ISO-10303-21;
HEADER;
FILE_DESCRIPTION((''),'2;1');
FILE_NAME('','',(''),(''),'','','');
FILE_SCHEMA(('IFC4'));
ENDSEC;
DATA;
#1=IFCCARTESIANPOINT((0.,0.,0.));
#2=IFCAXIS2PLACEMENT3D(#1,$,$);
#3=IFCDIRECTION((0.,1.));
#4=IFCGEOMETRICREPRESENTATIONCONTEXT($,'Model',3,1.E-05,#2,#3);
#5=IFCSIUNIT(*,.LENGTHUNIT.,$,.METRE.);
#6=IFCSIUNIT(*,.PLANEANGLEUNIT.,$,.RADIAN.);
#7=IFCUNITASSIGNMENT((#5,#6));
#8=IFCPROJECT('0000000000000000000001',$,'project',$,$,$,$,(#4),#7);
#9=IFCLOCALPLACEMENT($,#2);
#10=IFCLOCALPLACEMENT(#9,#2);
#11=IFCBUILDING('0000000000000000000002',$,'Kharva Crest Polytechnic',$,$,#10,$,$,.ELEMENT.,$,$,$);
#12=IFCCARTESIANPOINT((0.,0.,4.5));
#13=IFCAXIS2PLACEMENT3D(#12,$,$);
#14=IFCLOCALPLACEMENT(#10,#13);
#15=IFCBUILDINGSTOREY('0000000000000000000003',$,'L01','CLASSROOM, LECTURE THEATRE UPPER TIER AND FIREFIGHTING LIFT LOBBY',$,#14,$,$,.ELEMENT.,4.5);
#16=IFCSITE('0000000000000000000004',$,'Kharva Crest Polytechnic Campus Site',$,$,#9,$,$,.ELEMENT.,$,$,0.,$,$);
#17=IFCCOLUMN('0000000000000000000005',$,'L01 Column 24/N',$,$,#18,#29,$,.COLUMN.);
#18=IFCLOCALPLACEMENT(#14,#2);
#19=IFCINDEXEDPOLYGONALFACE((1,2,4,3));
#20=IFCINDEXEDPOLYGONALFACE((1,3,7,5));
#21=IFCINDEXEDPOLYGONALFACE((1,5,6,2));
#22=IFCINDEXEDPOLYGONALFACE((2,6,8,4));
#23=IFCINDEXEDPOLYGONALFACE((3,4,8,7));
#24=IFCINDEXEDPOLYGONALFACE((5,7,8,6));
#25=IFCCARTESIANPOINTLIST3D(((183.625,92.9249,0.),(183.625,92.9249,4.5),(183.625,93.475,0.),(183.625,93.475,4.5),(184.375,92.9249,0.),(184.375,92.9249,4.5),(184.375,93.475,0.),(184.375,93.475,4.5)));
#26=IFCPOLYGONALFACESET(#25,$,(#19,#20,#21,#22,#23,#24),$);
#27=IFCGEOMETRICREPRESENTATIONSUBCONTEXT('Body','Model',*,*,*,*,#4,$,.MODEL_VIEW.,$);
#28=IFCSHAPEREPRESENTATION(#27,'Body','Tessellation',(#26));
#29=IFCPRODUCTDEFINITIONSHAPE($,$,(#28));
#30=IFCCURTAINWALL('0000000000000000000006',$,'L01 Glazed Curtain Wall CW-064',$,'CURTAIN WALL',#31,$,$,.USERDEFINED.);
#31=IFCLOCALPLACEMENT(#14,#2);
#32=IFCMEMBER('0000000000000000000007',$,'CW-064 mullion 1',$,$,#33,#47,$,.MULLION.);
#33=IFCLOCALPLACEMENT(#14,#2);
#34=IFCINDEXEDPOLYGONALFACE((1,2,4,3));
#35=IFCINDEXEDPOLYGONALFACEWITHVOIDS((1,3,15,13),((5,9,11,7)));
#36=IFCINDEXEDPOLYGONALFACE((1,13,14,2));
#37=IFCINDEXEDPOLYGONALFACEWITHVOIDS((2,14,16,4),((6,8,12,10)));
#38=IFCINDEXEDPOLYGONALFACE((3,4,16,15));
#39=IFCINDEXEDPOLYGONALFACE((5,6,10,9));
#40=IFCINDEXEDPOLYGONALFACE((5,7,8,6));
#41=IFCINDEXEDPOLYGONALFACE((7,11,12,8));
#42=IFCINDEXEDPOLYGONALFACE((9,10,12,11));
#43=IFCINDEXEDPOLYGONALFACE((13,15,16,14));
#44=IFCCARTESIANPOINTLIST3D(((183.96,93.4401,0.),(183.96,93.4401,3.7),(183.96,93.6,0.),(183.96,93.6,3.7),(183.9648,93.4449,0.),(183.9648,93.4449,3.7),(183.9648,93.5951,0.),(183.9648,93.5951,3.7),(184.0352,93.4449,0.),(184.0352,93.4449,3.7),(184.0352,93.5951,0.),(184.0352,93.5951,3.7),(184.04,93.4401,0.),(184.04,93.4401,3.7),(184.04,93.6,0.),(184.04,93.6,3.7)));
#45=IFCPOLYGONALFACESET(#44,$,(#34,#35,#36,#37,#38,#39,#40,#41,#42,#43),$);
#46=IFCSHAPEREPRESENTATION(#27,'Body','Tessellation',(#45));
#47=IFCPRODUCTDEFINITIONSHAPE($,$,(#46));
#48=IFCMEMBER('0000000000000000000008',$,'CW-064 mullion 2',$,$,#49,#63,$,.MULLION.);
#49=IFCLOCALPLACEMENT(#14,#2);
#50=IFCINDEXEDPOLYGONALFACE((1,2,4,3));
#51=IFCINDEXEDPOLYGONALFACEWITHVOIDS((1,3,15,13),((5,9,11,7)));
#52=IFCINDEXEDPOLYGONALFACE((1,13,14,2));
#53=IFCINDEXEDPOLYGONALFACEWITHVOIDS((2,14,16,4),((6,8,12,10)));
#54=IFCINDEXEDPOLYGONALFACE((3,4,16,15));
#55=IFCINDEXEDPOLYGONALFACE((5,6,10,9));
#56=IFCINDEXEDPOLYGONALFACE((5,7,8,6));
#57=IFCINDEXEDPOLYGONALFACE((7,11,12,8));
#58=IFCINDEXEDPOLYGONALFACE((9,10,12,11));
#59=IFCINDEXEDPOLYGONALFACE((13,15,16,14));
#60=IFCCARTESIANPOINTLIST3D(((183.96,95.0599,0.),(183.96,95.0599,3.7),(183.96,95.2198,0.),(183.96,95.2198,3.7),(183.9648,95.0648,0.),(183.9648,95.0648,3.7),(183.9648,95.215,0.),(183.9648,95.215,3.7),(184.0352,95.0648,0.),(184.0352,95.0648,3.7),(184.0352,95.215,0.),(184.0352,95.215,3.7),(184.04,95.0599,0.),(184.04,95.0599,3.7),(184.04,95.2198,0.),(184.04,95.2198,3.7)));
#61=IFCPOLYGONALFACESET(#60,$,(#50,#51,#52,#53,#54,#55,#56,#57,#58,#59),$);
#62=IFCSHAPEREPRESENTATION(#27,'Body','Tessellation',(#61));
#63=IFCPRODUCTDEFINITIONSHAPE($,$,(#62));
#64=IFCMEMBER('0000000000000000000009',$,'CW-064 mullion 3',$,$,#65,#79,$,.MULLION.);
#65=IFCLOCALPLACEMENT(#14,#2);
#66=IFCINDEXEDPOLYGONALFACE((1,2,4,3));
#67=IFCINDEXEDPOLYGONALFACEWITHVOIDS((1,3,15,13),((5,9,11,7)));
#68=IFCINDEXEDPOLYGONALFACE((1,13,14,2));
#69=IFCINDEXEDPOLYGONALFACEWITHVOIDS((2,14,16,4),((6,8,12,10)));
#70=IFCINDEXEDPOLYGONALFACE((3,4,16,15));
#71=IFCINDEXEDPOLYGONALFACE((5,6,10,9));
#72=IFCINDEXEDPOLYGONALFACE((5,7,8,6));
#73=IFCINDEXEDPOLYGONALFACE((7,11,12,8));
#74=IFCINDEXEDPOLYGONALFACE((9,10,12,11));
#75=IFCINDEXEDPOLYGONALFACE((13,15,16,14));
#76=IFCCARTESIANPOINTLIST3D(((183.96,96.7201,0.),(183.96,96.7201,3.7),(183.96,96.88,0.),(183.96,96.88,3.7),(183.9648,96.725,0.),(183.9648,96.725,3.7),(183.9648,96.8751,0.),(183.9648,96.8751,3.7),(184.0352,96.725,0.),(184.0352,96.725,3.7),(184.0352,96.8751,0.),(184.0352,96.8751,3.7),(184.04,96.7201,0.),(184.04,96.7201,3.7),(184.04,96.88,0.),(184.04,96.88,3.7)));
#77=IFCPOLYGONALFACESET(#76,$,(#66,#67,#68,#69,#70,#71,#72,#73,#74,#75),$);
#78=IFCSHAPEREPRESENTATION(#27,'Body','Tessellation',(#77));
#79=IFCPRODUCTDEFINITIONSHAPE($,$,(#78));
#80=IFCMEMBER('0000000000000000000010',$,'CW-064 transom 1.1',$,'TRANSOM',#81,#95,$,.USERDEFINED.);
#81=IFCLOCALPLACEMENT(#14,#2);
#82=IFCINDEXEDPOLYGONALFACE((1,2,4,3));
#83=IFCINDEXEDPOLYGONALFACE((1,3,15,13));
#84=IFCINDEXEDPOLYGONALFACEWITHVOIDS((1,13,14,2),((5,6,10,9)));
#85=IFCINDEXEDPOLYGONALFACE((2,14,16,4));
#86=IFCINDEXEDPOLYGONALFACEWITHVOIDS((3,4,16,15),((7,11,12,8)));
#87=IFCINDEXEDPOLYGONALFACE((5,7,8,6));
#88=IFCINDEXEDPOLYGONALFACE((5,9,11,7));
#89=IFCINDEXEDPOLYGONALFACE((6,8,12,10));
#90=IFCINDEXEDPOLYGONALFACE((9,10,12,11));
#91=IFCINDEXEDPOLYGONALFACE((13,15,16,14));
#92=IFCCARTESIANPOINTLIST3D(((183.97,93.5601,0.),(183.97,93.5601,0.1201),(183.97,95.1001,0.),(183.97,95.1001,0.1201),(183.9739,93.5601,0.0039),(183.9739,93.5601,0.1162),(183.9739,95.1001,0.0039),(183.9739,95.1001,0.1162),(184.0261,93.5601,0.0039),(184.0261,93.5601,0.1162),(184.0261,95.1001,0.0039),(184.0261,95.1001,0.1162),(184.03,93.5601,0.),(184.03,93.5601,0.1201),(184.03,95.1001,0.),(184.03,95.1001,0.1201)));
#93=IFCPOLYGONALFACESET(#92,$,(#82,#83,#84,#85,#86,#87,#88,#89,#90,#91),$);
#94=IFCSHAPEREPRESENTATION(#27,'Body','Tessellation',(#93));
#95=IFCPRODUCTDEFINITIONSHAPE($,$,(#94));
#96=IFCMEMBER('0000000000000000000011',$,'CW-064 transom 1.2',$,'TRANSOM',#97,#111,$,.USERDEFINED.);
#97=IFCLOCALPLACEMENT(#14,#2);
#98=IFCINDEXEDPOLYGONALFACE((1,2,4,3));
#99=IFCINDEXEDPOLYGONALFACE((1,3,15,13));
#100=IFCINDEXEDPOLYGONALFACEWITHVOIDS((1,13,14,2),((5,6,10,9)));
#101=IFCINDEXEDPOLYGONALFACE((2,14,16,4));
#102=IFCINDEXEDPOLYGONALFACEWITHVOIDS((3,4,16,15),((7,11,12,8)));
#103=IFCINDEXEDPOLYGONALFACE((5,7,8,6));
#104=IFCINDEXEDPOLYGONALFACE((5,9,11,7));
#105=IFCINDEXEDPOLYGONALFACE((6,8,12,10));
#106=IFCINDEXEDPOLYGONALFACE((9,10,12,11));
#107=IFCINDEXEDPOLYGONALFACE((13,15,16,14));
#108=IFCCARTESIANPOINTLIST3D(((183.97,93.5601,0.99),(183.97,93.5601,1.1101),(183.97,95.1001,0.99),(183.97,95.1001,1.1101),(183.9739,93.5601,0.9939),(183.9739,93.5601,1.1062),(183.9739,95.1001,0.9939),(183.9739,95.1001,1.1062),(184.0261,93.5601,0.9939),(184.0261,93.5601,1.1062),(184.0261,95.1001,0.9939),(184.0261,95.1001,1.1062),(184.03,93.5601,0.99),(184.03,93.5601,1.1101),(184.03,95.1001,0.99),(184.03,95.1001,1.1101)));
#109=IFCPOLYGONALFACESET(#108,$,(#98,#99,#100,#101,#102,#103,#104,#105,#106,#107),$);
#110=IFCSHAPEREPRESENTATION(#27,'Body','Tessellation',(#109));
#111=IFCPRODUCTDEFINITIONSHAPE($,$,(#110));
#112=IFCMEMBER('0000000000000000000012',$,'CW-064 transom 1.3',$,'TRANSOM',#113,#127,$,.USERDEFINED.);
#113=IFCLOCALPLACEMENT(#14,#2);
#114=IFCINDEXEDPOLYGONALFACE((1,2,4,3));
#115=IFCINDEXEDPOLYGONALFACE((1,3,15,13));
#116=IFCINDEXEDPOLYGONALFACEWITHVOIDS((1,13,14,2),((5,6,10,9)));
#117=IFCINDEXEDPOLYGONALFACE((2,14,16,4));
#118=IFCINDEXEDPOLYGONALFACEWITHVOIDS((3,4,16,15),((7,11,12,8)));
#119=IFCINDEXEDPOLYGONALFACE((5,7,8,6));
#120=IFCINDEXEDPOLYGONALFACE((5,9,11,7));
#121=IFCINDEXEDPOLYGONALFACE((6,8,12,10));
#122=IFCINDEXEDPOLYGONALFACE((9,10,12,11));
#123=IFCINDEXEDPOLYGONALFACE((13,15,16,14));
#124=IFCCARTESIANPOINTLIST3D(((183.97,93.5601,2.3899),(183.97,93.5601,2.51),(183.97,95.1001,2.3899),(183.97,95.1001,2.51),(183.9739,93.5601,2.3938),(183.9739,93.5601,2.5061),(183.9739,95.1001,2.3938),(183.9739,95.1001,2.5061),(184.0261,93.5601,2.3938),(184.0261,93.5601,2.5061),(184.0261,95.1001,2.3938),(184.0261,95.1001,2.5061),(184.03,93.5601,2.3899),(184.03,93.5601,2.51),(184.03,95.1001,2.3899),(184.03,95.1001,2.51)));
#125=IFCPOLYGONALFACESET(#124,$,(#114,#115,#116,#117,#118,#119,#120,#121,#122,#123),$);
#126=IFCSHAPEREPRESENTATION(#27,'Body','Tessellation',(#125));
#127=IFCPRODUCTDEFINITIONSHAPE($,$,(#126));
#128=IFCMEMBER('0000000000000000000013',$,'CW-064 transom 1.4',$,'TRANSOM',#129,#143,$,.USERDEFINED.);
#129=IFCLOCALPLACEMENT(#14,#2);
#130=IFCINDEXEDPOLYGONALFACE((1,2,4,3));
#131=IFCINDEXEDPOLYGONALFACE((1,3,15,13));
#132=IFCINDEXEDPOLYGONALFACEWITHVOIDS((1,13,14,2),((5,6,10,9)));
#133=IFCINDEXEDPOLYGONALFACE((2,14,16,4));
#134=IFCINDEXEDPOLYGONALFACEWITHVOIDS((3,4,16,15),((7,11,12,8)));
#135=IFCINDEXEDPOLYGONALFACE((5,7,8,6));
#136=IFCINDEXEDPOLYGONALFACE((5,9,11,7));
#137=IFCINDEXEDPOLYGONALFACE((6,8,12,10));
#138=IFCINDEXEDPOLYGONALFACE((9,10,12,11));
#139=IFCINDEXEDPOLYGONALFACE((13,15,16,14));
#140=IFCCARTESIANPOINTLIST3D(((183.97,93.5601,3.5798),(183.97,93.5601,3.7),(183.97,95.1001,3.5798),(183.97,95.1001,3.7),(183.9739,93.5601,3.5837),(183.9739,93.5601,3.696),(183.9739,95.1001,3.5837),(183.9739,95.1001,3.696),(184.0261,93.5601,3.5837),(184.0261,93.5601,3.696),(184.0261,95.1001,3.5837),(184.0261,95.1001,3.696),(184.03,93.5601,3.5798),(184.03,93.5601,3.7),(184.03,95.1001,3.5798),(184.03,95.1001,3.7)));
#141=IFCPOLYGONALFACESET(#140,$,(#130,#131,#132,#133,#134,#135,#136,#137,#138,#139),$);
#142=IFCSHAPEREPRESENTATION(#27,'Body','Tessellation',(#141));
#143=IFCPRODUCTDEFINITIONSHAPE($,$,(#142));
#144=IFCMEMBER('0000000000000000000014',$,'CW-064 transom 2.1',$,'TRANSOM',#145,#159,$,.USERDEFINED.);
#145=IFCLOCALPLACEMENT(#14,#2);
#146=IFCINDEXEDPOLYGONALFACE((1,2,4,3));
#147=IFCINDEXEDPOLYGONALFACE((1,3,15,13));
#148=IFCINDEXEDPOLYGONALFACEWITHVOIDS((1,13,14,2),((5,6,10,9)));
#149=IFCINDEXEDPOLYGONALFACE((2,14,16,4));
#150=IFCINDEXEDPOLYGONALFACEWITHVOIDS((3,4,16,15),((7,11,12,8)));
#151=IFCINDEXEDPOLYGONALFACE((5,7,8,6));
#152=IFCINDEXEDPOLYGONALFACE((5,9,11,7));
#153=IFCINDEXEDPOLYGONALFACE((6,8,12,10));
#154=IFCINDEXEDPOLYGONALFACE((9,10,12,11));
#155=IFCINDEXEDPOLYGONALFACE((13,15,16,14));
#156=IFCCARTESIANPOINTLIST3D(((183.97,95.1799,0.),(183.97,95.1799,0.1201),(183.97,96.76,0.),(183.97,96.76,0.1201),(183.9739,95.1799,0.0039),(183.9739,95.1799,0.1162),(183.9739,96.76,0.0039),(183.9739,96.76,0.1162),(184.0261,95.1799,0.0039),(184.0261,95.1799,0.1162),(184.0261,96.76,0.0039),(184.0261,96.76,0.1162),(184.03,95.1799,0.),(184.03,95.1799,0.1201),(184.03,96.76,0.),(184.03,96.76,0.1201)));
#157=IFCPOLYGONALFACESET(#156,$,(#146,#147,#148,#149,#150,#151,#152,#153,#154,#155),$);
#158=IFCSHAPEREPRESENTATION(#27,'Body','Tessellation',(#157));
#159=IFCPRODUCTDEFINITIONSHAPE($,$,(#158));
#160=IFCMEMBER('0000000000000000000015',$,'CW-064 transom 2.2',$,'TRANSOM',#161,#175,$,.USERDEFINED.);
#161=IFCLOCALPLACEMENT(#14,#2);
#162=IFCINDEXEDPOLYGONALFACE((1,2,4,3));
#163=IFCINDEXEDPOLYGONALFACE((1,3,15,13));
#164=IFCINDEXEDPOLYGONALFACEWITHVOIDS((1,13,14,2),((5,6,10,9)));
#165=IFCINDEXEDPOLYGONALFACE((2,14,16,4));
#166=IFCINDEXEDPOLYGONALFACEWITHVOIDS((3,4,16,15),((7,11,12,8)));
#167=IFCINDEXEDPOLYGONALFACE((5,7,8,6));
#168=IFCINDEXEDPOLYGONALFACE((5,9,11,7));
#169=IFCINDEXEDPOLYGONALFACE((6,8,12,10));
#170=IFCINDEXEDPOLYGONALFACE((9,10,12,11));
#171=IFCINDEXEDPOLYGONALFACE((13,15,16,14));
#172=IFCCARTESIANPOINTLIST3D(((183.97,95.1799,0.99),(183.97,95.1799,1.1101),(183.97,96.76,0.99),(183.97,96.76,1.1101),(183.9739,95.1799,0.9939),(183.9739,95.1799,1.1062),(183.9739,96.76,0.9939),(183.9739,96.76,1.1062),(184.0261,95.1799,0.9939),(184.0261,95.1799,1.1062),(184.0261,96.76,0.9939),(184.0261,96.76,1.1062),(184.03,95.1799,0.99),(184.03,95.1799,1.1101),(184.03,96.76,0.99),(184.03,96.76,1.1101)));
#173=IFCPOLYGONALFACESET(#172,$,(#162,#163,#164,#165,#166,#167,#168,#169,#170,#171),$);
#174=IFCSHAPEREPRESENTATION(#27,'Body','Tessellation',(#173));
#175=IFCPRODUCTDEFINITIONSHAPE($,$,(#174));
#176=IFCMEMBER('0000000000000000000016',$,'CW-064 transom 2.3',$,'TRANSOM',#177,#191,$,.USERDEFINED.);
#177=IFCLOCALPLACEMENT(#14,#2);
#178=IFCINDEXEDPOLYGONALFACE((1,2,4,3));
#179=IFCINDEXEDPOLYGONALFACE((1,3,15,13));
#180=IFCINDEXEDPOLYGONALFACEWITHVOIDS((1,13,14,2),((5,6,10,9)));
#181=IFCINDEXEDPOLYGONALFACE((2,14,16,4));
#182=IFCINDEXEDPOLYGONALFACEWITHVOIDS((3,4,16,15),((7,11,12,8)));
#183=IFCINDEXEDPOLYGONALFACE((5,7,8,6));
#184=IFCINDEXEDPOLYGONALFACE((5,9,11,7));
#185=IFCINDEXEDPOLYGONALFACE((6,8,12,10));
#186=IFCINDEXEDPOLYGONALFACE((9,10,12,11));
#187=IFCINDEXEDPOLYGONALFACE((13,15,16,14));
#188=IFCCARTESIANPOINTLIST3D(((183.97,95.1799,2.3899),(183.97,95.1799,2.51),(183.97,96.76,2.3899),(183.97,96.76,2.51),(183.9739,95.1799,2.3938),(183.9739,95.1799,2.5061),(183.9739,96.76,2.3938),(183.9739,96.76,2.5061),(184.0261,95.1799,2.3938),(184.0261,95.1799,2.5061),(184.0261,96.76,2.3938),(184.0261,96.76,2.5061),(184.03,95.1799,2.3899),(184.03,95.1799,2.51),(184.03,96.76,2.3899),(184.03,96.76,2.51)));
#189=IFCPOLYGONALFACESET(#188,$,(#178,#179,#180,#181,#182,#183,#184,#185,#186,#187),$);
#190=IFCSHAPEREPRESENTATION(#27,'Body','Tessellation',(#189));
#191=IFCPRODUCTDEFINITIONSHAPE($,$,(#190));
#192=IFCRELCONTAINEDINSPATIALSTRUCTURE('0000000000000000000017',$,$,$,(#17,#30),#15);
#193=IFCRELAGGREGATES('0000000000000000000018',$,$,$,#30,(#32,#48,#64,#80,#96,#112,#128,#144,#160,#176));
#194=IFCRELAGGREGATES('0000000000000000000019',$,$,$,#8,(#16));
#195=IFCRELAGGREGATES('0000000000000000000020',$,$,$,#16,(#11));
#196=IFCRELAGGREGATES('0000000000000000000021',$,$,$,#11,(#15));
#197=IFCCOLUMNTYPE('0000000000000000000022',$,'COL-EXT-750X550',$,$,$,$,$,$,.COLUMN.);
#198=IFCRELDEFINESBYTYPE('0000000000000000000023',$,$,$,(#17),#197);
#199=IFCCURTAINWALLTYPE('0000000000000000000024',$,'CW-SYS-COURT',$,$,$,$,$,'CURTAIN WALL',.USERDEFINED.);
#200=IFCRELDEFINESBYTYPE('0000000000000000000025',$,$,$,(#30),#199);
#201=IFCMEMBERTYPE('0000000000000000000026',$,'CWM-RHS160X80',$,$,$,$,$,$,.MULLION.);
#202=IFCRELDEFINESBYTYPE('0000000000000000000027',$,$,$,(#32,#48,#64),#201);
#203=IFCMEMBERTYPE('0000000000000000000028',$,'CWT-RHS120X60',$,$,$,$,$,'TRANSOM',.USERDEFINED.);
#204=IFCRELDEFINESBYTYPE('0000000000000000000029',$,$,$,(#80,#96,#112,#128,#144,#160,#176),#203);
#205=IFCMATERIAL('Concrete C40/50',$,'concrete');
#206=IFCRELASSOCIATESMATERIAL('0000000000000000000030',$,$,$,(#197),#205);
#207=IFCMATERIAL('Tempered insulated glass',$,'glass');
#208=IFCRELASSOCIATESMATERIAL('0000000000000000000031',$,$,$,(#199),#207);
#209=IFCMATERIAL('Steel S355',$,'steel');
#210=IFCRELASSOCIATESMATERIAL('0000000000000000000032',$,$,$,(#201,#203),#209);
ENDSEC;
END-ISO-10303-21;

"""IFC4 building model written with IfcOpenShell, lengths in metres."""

from ifc_helpers import new_model, si_unit, direction, frame, origin, origin_2d, place, context, subcontext, project, spatial, rectangle, hollow_rectangle, extrude, material, material_profile, profile_set, type_object, element, aggregate, save


model = new_model("IFC4")

# Units and contexts
model_context = context("Model", 3, precision=1e-05, world=origin(), true_north=direction((0.0, 1.0)))
body_context = subcontext(model_context, "Body", "Model", "MODEL_VIEW")
ifc_project = project(units=[si_unit("LENGTHUNIT", "METRE"), si_unit("PLANEANGLEUNIT", "RADIAN")], contexts=[model_context])

# Site, building, storey
site_placement = place(None, origin())
site = spatial("IfcSite", under=ifc_project, at=site_placement, Name="Kharva Crest Polytechnic Campus Site", CompositionType="ELEMENT", RefElevation=0.0)
building_placement = place(site_placement, origin())
building = spatial("IfcBuilding", under=site, at=building_placement, Name="Kharva Crest Polytechnic", CompositionType="ELEMENT")
storey_placement = place(building_placement, frame((0.0, 0.0, 4.5)))
storey = spatial("IfcBuildingStorey", under=building, at=storey_placement, Name="L01", Description="CLASSROOM, LECTURE THEATRE UPPER TIER AND FIREFIGHTING LIFT LOBBY", CompositionType="ELEMENT", Elevation=4.5)

# Column
ifc_material_1 = material(Name="Concrete C40/50", Category="concrete")
ifc_material_profile_1 = material_profile(ifc_material_1, rectangle(XDim=0.75, YDim=0.55, at=origin_2d()), Name="RECT 750 X 550")
ifc_profile_set_1 = profile_set([ifc_material_profile_1], Name="Concrete C40/50")
column_type = type_object("IfcColumnType", Name="COL-EXT-750X550", PredefinedType="COLUMN", material=ifc_profile_set_1)
column_placement = place(storey_placement, frame((184.0, 93.2, 0.0), z_axis=(0.0, 0.0, 1.0), x_axis=(1.0, 0.0, 0.0)))
element("IfcColumn", 1, at=column_placement, inside=storey, type_object=column_type, Name="L01 Column 24/N", PredefinedType="COLUMN", context=body_context, shape_type="SweptSolid", body=[
    extrude(rectangle(XDim=0.75, YDim=0.55, at=origin_2d()), origin(), (0.0, 0.0, 1.0), 4.5),
])

# Curtain wall, members
ifc_material_2 = material(Name="Tempered insulated glass", Category="glass")
curtain_wall_type = type_object("IfcCurtainWallType", Name="CW-SYS-COURT", ElementType="CURTAIN WALL", PredefinedType="USERDEFINED", material=ifc_material_2)
curtain_wall_placement = place(storey_placement, origin())
curtain_wall = element("IfcCurtainWall", 2, at=curtain_wall_placement, inside=storey, type_object=curtain_wall_type, Name="L01 Glazed Curtain Wall CW-064", ObjectType="CURTAIN WALL", PredefinedType="USERDEFINED")
ifc_material_3 = material(Name="Steel S355", Category="steel")
ifc_material_profile_2 = material_profile(ifc_material_3, hollow_rectangle(XDim=0.0801, YDim=0.1599, WallThickness=0.0049, at=origin_2d()), Name="RHS 160X80X5.0")
ifc_profile_set_2 = profile_set([ifc_material_profile_2], Name="Steel S355")
member_type_1 = type_object("IfcMemberType", Name="CWM-RHS160X80", PredefinedType="MULLION", material=ifc_profile_set_2)
member_1_placement = place(storey_placement, frame((184.0, 93.52, 0.0), z_axis=(0.0, 0.0, 1.0), x_axis=(-1.0, 0.0, 0.0)))
member_1 = element("IfcMember", 3, at=member_1_placement, type_object=member_type_1, Name="CW-064 mullion 1", PredefinedType="MULLION", context=body_context, shape_type="SweptSolid", body=[
    extrude(hollow_rectangle(XDim=0.0801, YDim=0.1599, WallThickness=0.0049, at=origin_2d()), origin(), (0.0, 0.0, 1.0), 3.7),
])
member_2_placement = place(storey_placement, frame((184.0, 95.1399, 0.0), z_axis=(0.0, 0.0, 1.0), x_axis=(-1.0, 0.0, 0.0)))
member_2 = element("IfcMember", 4, at=member_2_placement, type_object=member_type_1, Name="CW-064 mullion 2", PredefinedType="MULLION", context=body_context, shape_type="SweptSolid", body=[
    extrude(hollow_rectangle(XDim=0.0801, YDim=0.1599, WallThickness=0.0049, at=origin_2d()), origin(), (0.0, 0.0, 1.0), 3.7),
])
member_3_placement = place(storey_placement, frame((184.0, 96.8, 0.0), z_axis=(0.0, 0.0, 1.0), x_axis=(-1.0, 0.0, 0.0)))
member_3 = element("IfcMember", 5, at=member_3_placement, type_object=member_type_1, Name="CW-064 mullion 3", PredefinedType="MULLION", context=body_context, shape_type="SweptSolid", body=[
    extrude(hollow_rectangle(XDim=0.0801, YDim=0.1599, WallThickness=0.0049, at=origin_2d()), origin(), (0.0, 0.0, 1.0), 3.7),
])
ifc_material_profile_3 = material_profile(ifc_material_3, hollow_rectangle(XDim=0.0601, YDim=0.1201, WallThickness=0.0039, at=origin_2d()), Name="RHS 120X60X4.0")
ifc_profile_set_3 = profile_set([ifc_material_profile_3], Name="Steel S355")
member_type_2 = type_object("IfcMemberType", Name="CWT-RHS120X60", ElementType="TRANSOM", PredefinedType="USERDEFINED", material=ifc_profile_set_3)
member_4_placement = place(storey_placement, frame((184.0, 93.5601, 0.0601), z_axis=(0.0, 1.0, 0.0), x_axis=(-1.0, 0.0, 0.0)))
member_4 = element("IfcMember", 6, at=member_4_placement, type_object=member_type_2, Name="CW-064 transom 1.1", ObjectType="TRANSOM", PredefinedType="USERDEFINED", context=body_context, shape_type="SweptSolid", body=[
    extrude(hollow_rectangle(XDim=0.0601, YDim=0.1201, WallThickness=0.0039, at=origin_2d()), origin(), (0.0, 0.0, 1.0), 1.54),
])
member_5_placement = place(storey_placement, frame((184.0, 93.5601, 1.05), z_axis=(0.0, 1.0, 0.0), x_axis=(-1.0, 0.0, 0.0)))
member_5 = element("IfcMember", 7, at=member_5_placement, type_object=member_type_2, Name="CW-064 transom 1.2", ObjectType="TRANSOM", PredefinedType="USERDEFINED", context=body_context, shape_type="SweptSolid", body=[
    extrude(hollow_rectangle(XDim=0.0601, YDim=0.1201, WallThickness=0.0039, at=origin_2d()), origin(), (0.0, 0.0, 1.0), 1.54),
])
member_6_placement = place(storey_placement, frame((184.0, 93.5601, 2.45), z_axis=(0.0, 1.0, 0.0), x_axis=(-1.0, 0.0, 0.0)))
member_6 = element("IfcMember", 8, at=member_6_placement, type_object=member_type_2, Name="CW-064 transom 1.3", ObjectType="TRANSOM", PredefinedType="USERDEFINED", context=body_context, shape_type="SweptSolid", body=[
    extrude(hollow_rectangle(XDim=0.0601, YDim=0.1201, WallThickness=0.0039, at=origin_2d()), origin(), (0.0, 0.0, 1.0), 1.54),
])
member_7_placement = place(storey_placement, frame((184.0, 93.5601, 3.6399), z_axis=(0.0, 1.0, 0.0), x_axis=(-1.0, 0.0, 0.0)))
member_7 = element("IfcMember", 9, at=member_7_placement, type_object=member_type_2, Name="CW-064 transom 1.4", ObjectType="TRANSOM", PredefinedType="USERDEFINED", context=body_context, shape_type="SweptSolid", body=[
    extrude(hollow_rectangle(XDim=0.0601, YDim=0.1201, WallThickness=0.0039, at=origin_2d()), origin(), (0.0, 0.0, 1.0), 1.54),
])
member_8_placement = place(storey_placement, frame((184.0, 95.1799, 0.0601), z_axis=(0.0, 1.0, 0.0), x_axis=(-1.0, 0.0, 0.0)))
member_8 = element("IfcMember", 10, at=member_8_placement, type_object=member_type_2, Name="CW-064 transom 2.1", ObjectType="TRANSOM", PredefinedType="USERDEFINED", context=body_context, shape_type="SweptSolid", body=[
    extrude(hollow_rectangle(XDim=0.0601, YDim=0.1201, WallThickness=0.0039, at=origin_2d()), origin(), (0.0, 0.0, 1.0), 1.5801),
])
member_9_placement = place(storey_placement, frame((184.0, 95.1799, 1.05), z_axis=(0.0, 1.0, 0.0), x_axis=(-1.0, 0.0, 0.0)))
member_9 = element("IfcMember", 11, at=member_9_placement, type_object=member_type_2, Name="CW-064 transom 2.2", ObjectType="TRANSOM", PredefinedType="USERDEFINED", context=body_context, shape_type="SweptSolid", body=[
    extrude(hollow_rectangle(XDim=0.0601, YDim=0.1201, WallThickness=0.0039, at=origin_2d()), origin(), (0.0, 0.0, 1.0), 1.5801),
])
member_10_placement = place(storey_placement, frame((184.0, 95.1799, 2.45), z_axis=(0.0, 1.0, 0.0), x_axis=(-1.0, 0.0, 0.0)))
member_10 = element("IfcMember", 12, at=member_10_placement, type_object=member_type_2, Name="CW-064 transom 2.3", ObjectType="TRANSOM", PredefinedType="USERDEFINED", context=body_context, shape_type="SweptSolid", body=[
    extrude(hollow_rectangle(XDim=0.0601, YDim=0.1201, WallThickness=0.0039, at=origin_2d()), origin(), (0.0, 0.0, 1.0), 1.5801),
])

aggregate(curtain_wall, [member_1, member_2, member_3, member_4, member_5, member_6, member_7, member_8, member_9, member_10])

save(model, "model.ifc")
